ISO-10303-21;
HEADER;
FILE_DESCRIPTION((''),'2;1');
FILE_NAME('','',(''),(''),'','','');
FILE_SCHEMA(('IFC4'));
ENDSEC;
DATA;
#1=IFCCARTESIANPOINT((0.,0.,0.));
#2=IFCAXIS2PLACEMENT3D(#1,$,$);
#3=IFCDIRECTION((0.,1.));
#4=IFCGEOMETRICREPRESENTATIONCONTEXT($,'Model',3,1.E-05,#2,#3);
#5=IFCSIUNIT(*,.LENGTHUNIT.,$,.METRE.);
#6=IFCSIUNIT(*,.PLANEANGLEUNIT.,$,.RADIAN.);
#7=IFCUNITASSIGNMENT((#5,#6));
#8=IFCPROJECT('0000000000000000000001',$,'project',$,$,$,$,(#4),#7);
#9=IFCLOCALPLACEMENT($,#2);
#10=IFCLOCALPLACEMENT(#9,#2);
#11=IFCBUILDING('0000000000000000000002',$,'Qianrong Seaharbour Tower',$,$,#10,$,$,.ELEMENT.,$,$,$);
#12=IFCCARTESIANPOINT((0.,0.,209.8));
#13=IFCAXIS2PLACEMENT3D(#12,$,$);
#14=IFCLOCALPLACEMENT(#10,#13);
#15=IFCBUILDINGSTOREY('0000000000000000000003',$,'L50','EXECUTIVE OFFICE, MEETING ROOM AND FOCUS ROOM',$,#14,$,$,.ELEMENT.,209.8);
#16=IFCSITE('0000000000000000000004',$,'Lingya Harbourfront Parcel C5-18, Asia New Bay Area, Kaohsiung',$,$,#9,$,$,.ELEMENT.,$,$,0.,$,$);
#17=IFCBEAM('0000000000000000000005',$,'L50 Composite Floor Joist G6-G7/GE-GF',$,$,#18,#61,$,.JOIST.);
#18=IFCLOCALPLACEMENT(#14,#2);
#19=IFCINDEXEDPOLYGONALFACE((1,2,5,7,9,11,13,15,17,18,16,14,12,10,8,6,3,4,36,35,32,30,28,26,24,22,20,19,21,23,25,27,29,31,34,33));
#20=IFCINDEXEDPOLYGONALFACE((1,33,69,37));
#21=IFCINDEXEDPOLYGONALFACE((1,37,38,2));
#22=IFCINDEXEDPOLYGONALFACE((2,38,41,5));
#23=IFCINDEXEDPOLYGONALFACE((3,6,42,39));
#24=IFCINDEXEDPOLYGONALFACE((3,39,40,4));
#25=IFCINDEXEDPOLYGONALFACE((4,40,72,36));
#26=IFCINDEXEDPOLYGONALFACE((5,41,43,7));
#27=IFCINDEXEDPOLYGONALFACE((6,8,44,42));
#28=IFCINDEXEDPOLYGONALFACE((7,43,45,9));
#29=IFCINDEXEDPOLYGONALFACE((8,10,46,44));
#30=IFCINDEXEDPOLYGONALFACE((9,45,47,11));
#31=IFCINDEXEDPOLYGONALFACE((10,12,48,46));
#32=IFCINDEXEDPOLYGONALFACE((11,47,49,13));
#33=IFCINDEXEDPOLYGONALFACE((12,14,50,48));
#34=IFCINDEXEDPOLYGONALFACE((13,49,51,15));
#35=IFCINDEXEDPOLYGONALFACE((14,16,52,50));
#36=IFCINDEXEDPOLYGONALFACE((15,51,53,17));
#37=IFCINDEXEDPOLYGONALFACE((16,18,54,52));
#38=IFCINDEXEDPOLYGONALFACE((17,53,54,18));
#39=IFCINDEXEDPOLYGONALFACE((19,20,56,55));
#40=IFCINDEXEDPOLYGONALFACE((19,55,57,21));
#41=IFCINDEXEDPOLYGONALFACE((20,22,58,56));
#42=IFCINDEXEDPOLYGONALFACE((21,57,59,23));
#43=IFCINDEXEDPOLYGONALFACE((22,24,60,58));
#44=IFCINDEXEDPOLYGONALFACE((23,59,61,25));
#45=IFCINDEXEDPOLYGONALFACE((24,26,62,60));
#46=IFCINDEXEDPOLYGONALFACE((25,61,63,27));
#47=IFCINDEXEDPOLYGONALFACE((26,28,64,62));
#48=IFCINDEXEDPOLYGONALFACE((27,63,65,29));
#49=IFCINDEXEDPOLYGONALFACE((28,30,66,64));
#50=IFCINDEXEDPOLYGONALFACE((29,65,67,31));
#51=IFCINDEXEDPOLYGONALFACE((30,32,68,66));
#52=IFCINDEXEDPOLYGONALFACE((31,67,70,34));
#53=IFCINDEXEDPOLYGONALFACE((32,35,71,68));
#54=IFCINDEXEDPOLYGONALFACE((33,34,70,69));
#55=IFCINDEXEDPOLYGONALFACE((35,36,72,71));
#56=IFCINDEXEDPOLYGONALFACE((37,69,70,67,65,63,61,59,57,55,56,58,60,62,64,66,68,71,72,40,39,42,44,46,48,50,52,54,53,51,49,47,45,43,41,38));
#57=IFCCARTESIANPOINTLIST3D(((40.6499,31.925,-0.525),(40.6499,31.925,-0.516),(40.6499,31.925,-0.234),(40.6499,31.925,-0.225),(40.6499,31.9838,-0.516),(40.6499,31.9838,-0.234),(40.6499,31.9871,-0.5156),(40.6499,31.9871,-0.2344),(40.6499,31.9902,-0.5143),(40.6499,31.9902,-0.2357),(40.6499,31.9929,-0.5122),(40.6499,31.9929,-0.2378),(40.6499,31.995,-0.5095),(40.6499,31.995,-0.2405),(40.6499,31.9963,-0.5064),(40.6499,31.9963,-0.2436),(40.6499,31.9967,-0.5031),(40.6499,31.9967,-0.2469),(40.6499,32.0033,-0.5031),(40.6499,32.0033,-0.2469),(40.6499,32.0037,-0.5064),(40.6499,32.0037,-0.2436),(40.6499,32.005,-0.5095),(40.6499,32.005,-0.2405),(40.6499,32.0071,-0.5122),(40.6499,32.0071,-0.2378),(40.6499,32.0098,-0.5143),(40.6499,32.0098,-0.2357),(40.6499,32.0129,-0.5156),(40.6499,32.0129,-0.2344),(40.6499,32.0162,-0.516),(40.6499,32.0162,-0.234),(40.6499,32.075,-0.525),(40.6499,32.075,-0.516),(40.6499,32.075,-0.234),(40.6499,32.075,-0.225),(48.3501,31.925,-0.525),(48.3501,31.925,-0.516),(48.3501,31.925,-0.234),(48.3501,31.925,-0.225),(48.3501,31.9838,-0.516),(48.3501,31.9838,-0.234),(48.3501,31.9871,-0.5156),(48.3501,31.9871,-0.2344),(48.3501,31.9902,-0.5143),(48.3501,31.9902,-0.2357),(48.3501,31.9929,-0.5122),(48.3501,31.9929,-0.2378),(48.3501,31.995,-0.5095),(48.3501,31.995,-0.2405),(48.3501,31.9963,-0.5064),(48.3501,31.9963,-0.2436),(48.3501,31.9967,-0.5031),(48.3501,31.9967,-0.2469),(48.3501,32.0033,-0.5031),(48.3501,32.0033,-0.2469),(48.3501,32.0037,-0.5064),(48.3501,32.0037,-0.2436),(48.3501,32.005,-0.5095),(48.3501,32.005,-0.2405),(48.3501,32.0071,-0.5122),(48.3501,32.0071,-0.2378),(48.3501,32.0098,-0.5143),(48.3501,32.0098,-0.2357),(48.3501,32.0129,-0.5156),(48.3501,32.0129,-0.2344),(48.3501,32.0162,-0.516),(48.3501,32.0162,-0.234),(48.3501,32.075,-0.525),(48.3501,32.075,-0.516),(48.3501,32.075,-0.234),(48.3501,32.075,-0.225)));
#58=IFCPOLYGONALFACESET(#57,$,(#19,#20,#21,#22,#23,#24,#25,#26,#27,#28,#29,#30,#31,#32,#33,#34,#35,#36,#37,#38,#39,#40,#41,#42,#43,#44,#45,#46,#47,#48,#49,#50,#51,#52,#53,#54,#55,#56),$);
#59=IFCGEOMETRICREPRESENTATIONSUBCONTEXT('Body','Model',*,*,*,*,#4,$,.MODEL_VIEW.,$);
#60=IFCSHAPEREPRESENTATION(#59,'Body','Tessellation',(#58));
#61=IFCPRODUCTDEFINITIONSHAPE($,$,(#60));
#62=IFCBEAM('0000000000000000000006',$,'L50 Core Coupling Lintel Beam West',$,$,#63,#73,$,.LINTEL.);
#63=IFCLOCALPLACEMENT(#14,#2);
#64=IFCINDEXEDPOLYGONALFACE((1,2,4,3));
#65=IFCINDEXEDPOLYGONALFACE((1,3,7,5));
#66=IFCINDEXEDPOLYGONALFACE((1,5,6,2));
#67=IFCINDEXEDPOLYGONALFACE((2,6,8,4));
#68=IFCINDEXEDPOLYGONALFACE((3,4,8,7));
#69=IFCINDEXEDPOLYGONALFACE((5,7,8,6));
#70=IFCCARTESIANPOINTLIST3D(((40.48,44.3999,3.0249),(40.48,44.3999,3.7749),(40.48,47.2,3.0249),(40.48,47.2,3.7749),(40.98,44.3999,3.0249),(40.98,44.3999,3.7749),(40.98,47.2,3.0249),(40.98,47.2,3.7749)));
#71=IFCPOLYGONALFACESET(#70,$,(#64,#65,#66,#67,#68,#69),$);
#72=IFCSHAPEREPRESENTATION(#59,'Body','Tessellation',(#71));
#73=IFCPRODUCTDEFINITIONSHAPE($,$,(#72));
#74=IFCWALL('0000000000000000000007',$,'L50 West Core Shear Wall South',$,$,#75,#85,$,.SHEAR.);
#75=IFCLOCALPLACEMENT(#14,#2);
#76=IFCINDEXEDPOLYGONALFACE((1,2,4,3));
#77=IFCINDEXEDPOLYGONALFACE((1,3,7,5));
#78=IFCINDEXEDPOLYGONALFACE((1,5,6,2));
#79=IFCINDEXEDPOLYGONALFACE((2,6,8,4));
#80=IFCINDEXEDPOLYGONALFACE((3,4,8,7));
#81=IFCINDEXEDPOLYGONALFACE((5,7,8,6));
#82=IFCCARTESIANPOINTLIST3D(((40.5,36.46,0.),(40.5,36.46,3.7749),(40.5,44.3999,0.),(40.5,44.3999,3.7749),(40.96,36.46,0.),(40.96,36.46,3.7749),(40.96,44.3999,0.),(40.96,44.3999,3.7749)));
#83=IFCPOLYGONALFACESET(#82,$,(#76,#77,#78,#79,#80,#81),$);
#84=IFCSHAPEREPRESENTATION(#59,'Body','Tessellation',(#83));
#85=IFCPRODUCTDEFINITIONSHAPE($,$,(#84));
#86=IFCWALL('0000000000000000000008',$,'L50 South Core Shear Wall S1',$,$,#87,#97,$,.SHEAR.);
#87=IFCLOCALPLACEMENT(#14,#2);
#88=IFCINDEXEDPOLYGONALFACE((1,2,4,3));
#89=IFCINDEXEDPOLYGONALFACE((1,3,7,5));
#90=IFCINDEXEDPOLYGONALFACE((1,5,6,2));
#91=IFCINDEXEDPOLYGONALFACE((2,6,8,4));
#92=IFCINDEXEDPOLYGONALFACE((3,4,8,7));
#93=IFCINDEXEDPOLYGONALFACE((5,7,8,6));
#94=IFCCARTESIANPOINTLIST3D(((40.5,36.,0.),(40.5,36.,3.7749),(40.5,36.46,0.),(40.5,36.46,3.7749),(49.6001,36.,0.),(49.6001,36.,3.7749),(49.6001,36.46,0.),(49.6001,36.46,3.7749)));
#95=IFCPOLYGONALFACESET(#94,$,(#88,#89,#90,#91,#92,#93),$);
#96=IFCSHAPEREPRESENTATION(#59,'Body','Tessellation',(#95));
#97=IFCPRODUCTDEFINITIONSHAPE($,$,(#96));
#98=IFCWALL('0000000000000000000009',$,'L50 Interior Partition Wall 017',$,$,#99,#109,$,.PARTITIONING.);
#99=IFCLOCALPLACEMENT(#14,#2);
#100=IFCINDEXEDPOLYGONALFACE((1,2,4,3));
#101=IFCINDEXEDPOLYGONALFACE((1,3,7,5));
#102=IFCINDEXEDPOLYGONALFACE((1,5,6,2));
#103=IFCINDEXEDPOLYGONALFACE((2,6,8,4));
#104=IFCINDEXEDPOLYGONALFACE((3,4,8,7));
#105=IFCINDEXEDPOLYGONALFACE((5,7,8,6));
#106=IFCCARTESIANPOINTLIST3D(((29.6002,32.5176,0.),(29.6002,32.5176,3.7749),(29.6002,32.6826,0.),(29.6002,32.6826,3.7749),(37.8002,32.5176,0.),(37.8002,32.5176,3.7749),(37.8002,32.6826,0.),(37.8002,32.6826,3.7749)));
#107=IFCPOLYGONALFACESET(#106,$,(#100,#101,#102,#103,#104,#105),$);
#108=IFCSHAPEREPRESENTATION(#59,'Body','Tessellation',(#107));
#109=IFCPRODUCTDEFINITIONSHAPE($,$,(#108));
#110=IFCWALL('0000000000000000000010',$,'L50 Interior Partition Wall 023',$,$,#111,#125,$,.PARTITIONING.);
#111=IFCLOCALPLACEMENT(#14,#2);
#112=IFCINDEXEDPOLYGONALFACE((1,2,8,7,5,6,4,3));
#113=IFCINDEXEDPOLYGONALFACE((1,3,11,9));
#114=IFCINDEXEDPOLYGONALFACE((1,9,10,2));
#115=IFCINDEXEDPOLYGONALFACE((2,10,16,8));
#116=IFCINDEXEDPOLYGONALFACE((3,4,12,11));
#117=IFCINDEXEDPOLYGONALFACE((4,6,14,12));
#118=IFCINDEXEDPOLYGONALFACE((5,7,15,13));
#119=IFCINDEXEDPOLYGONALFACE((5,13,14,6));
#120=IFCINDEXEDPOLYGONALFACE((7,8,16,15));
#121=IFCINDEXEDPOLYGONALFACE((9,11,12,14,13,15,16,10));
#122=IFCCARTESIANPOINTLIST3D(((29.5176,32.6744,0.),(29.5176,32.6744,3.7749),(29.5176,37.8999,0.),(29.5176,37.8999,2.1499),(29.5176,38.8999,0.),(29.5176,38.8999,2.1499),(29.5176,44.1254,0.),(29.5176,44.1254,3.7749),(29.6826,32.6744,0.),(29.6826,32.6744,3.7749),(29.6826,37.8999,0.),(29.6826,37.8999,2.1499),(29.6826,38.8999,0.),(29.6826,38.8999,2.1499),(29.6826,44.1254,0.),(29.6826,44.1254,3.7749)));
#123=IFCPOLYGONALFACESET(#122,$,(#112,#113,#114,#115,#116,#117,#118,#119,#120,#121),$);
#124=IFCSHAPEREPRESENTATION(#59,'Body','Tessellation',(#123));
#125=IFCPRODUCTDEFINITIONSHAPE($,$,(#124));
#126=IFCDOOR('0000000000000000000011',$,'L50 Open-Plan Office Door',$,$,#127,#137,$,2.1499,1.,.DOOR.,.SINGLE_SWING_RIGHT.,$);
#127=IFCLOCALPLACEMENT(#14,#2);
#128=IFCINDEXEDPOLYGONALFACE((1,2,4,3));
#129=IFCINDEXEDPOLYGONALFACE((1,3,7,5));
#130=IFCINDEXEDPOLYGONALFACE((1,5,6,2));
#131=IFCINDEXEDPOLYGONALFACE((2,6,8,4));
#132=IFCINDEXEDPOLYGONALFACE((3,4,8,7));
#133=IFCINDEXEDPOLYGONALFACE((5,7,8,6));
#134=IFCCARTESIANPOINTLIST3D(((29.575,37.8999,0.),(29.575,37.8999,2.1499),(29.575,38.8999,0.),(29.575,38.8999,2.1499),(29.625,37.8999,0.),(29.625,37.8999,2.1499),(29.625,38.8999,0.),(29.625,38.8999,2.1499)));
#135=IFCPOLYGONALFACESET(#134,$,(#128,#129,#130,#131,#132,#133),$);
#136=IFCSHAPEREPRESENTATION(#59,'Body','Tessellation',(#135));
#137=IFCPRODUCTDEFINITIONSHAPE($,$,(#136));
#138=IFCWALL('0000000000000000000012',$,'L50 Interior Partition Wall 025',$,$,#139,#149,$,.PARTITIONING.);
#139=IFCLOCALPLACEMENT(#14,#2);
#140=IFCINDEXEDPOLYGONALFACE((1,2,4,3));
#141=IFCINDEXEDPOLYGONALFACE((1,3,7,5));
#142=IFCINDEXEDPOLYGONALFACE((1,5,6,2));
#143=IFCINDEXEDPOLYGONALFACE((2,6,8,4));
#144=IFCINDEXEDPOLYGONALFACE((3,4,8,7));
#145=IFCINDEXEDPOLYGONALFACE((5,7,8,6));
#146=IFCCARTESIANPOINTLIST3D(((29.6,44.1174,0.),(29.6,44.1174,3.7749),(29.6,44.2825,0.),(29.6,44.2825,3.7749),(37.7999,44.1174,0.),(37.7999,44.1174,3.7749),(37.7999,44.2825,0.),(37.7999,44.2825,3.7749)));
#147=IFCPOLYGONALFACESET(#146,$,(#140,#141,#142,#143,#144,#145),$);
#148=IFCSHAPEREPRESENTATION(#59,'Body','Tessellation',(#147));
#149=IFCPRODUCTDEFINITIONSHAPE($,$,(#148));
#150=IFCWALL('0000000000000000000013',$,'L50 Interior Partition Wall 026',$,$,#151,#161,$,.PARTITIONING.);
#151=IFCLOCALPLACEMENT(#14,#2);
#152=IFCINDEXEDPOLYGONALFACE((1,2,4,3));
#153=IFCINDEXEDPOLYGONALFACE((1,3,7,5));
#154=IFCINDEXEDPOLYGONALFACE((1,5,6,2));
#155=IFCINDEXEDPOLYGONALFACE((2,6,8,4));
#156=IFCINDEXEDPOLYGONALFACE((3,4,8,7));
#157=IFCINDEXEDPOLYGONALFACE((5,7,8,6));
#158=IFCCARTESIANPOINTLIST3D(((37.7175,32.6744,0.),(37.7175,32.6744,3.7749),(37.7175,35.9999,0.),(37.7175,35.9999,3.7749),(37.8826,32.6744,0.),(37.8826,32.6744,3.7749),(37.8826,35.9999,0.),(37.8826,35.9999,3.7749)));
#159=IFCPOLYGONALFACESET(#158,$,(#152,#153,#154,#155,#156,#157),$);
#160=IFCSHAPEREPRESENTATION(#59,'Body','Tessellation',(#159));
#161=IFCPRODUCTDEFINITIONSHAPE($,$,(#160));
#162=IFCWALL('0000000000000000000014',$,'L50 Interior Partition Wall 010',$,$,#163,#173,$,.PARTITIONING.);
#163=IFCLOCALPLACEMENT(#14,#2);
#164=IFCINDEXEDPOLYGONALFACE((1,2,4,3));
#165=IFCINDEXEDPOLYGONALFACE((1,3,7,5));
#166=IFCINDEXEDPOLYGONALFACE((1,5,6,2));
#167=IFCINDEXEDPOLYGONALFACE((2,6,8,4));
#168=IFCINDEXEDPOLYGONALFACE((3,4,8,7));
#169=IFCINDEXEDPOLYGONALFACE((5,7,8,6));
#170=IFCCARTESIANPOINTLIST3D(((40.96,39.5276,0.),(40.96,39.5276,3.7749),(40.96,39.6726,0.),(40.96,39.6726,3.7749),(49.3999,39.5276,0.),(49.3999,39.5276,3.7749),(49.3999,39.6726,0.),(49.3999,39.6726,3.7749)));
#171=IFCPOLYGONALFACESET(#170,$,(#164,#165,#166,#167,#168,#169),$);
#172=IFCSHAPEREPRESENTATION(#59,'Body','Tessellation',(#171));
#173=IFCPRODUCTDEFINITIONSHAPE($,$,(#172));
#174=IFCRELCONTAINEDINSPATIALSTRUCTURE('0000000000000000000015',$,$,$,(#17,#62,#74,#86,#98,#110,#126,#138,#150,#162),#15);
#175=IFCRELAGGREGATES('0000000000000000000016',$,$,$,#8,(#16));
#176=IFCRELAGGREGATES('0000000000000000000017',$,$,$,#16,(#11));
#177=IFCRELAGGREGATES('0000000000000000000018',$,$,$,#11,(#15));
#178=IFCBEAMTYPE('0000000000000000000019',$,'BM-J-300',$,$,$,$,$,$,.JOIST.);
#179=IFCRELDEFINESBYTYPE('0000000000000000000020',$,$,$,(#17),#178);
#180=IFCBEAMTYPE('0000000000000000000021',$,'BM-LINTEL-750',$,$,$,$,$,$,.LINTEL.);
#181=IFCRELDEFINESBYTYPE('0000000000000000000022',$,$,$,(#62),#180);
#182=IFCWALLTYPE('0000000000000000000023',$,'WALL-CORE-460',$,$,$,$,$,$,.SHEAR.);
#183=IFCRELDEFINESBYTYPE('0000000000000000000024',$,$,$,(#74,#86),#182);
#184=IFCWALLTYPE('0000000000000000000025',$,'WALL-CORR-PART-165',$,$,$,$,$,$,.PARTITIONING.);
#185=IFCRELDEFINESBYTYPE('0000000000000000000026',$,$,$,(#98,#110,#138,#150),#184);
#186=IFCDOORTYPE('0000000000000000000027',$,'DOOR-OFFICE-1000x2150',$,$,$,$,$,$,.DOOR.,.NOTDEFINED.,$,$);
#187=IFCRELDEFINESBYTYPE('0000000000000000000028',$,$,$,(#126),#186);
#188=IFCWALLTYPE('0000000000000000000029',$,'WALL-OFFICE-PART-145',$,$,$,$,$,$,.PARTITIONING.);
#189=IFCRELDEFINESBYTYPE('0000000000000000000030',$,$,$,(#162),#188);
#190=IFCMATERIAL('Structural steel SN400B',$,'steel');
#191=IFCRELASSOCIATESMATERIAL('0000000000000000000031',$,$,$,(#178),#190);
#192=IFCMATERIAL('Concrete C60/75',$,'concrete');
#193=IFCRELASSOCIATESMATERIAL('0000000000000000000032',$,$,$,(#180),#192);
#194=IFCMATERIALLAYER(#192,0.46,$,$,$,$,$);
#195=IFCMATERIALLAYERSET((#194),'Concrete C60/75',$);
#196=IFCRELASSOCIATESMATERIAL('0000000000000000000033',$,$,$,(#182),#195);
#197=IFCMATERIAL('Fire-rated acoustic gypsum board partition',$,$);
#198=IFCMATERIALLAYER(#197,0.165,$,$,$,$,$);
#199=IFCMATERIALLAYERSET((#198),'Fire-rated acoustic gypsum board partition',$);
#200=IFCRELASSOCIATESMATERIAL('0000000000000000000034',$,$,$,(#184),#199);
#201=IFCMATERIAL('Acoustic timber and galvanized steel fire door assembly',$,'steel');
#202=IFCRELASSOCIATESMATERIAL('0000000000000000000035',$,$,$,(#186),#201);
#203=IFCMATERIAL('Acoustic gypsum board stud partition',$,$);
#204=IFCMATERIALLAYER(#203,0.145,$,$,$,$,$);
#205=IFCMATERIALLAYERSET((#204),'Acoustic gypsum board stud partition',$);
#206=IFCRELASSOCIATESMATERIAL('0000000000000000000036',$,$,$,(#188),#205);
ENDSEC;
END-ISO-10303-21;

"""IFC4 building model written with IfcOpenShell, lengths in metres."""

from ifc_helpers import new_model, si_unit, direction, frame, frame_2d, origin, origin_2d, place, context, subcontext, project, spatial, rectangle, i_section, extrude, material, layer, layer_set, material_profile, profile_set, type_object, element, fill, save


model = new_model("IFC4")

# Units and contexts
model_context = context("Model", 3, precision=1e-05, world=origin(), true_north=direction((0.0, 1.0)))
body_context = subcontext(model_context, "Body", "Model", "MODEL_VIEW")
ifc_project = project(units=[si_unit("LENGTHUNIT", "METRE"), si_unit("PLANEANGLEUNIT", "RADIAN")], contexts=[model_context])

# Site, building, storey
site_placement = place(None, origin())
site = spatial("IfcSite", under=ifc_project, at=site_placement, Name="Lingya Harbourfront Parcel C5-18, Asia New Bay Area, Kaohsiung", CompositionType="ELEMENT", RefElevation=0.0)
building_placement = place(site_placement, origin())
building = spatial("IfcBuilding", under=site, at=building_placement, Name="Qianrong Seaharbour Tower", CompositionType="ELEMENT")
storey_placement = place(building_placement, frame((0.0, 0.0, 209.8)))
storey = spatial("IfcBuildingStorey", under=building, at=storey_placement, Name="L50", Description="EXECUTIVE OFFICE, MEETING ROOM AND FOCUS ROOM", CompositionType="ELEMENT", Elevation=209.8)

# Beams
ifc_material_1 = material(Name="Structural steel SN400B", Category="steel")
ifc_material_profile_1 = material_profile(ifc_material_1, i_section(OverallWidth=0.1499, OverallDepth=0.3, WebThickness=0.0066, FlangeThickness=0.009, FilletRadius=0.0129, at=origin_2d()), Name="H300x150x6.5x9")
ifc_profile_set_1 = profile_set([ifc_material_profile_1], Name="Structural steel SN400B")
beam_type_1 = type_object("IfcBeamType", Name="BM-J-300", PredefinedType="JOIST", material=ifc_profile_set_1)
for number, where, z_axis, x_axis, name in (
    (1, (40.6499, 32.0, -0.375), (1.0, 0.0, 0.0), (0.0, 1.0, 0.0), "L50 Composite Floor Joist G6-G7/GE-GF"),
):
    element("IfcBeam", number, at=place(storey_placement, frame(where, z_axis=z_axis, x_axis=x_axis)), inside=storey, type_object=beam_type_1, Name=name, PredefinedType="JOIST", context=body_context, shape_type="SweptSolid", body=[
        extrude(i_section(OverallWidth=0.1499, OverallDepth=0.3, WebThickness=0.0066, FlangeThickness=0.009, FilletRadius=0.0129, at=origin_2d()), origin(), (0.0, 0.0, 1.0), 7.7002),
    ])
ifc_material_2 = material(Name="Concrete C60/75", Category="concrete")
ifc_material_profile_2 = material_profile(ifc_material_2, rectangle(XDim=0.5, YDim=0.75, at=origin_2d()), Name="RC500x750")
ifc_profile_set_2 = profile_set([ifc_material_profile_2], Name="Concrete C60/75")
beam_type_2 = type_object("IfcBeamType", Name="BM-LINTEL-750", PredefinedType="LINTEL", material=ifc_profile_set_2)
beam_1_placement = place(storey_placement, frame((40.73, 44.3999, 3.3999), z_axis=(0.0, 1.0, 0.0), x_axis=(-1.0, 0.0, 0.0)))
element("IfcBeam", 2, at=beam_1_placement, inside=storey, type_object=beam_type_2, Name="L50 Core Coupling Lintel Beam West", PredefinedType="LINTEL", context=body_context, shape_type="SweptSolid", body=[
    extrude(rectangle(XDim=0.5, YDim=0.75, at=origin_2d()), origin(), (0.0, 0.0, 1.0), 2.8),
])

# Walls
ifc_layer_1 = layer(ifc_material_2, 0.46)
ifc_layer_set_1 = layer_set([ifc_layer_1], Name="Concrete C60/75")
wall_type_1 = type_object("IfcWallType", Name="WALL-CORE-460", PredefinedType="SHEAR", material=ifc_layer_set_1)
wall_1_placement = place(storey_placement, frame((40.73, 36.46, 0.0), z_axis=(0.0, 0.0, 1.0), x_axis=(0.0, 1.0, 0.0)))
element("IfcWall", 3, at=wall_1_placement, inside=storey, type_object=wall_type_1, Name="L50 West Core Shear Wall South", PredefinedType="SHEAR", context=body_context, shape_type="SweptSolid", body=[
    extrude(rectangle(XDim=7.9399, YDim=0.46, at=frame_2d((3.97, 0.0))), origin(), (0.0, 0.0, 1.0), 3.7749),
])
wall_2_placement = place(storey_placement, frame((40.5, 36.23, 0.0), z_axis=(0.0, 0.0, 1.0), x_axis=(1.0, 0.0, 0.0)))
element("IfcWall", 4, at=wall_2_placement, inside=storey, type_object=wall_type_1, Name="L50 South Core Shear Wall S1", PredefinedType="SHEAR", context=body_context, shape_type="SweptSolid", body=[
    extrude(rectangle(XDim=9.1001, YDim=0.46, at=frame_2d((4.55, 0.0))), origin(), (0.0, 0.0, 1.0), 3.7749),
])

# Shared definitions
ifc_material_3 = material(Name="Fire-rated acoustic gypsum board partition")
ifc_layer_2 = layer(ifc_material_3, 0.165)
ifc_layer_set_2 = layer_set([ifc_layer_2], Name="Fire-rated acoustic gypsum board partition")
wall_type_2 = type_object("IfcWallType", Name="WALL-CORR-PART-165", PredefinedType="PARTITIONING", material=ifc_layer_set_2)
ifc_material_4 = material(Name="Acoustic timber and galvanized steel fire door assembly", Category="steel")

# Wall
wall_3_placement = place(storey_placement, frame((29.6001, 32.6001, 0.0), z_axis=(0.0, 0.0, 1.0), x_axis=(1.0, 0.0, 0.0)))
element("IfcWall", 5, at=wall_3_placement, inside=storey, type_object=wall_type_2, Name="L50 Interior Partition Wall 017", PredefinedType="PARTITIONING", context=body_context, shape_type="SweptSolid", body=[
    extrude(rectangle(XDim=8.2, YDim=0.165, at=frame_2d((4.1001, 0.0))), origin(), (0.0, 0.0, 1.0), 3.7749),
])

# Wall, opening, door
wall_4_placement = place(storey_placement, frame((29.6001, 44.1255, 0.0), z_axis=(0.0, 0.0, 1.0), x_axis=(0.0, -1.0, 0.0)))
wall_4 = element("IfcWall", 6, at=wall_4_placement, inside=storey, type_object=wall_type_2, Name="L50 Interior Partition Wall 023", PredefinedType="PARTITIONING", context=body_context, shape_type="SweptSolid", body=[
    extrude(rectangle(XDim=11.4509, YDim=0.165, at=frame_2d((5.7256, 0.0))), origin(), (0.0, 0.0, 1.0), 3.7749),
])
opening_1_placement = place(wall_4_placement, frame((5.2256, 0.0, 0.0)))
opening_1 = element("IfcOpeningElement", 7, at=opening_1_placement, cuts=wall_4, PredefinedType="OPENING", context=body_context, shape_type="SweptSolid", body=[
    extrude(rectangle(XDim=1.0, YDim=2.1499, at=frame_2d((0.5, 1.075))), frame((0.0, 0.0925, 0.0), z_axis=(0.0, -1.0, 0.0), x_axis=(1.0, 0.0, 0.0)), (0.0, 0.0, 1.0), 0.1851),
])
door_type_1 = type_object("IfcDoorType", Name="DOOR-OFFICE-1000x2150", OperationType="NOTDEFINED", PredefinedType="DOOR", material=ifc_material_4)
door_1_placement = place(opening_1_placement, origin())
door_1 = element("IfcDoor", 8, at=door_1_placement, inside=storey, type_object=door_type_1, Name="L50 Open-Plan Office Door", OperationType="SINGLE_SWING_RIGHT", OverallHeight=2.1499, OverallWidth=1.0, PredefinedType="DOOR", context=body_context, shape_type="SweptSolid", body=[
    extrude(rectangle(XDim=1.0, YDim=2.1499, at=frame_2d((0.5, 1.075))), frame((0.0, 0.0249, 0.0), z_axis=(0.0, -1.0, 0.0), x_axis=(1.0, 0.0, 0.0)), (0.0, 0.0, 1.0), 0.05),
])
fill(opening_1, door_1)

# Walls
wall_5_placement = place(storey_placement, frame((37.8, 44.2, 0.0), z_axis=(0.0, 0.0, 1.0), x_axis=(-1.0, 0.0, 0.0)))
element("IfcWall", 9, at=wall_5_placement, inside=storey, type_object=wall_type_2, Name="L50 Interior Partition Wall 025", PredefinedType="PARTITIONING", context=body_context, shape_type="SweptSolid", body=[
    extrude(rectangle(XDim=8.2, YDim=0.165, at=frame_2d((4.1001, 0.0))), origin(), (0.0, 0.0, 1.0), 3.7749),
])
wall_6_placement = place(storey_placement, frame((37.8, 32.6746, 0.0), z_axis=(0.0, 0.0, 1.0), x_axis=(0.0, 1.0, 0.0)))
element("IfcWall", 10, at=wall_6_placement, inside=storey, type_object=wall_type_2, Name="L50 Interior Partition Wall 026", PredefinedType="PARTITIONING", context=body_context, shape_type="SweptSolid", body=[
    extrude(rectangle(XDim=3.3254, YDim=0.165, at=frame_2d((1.6626, 0.0))), origin(), (0.0, 0.0, 1.0), 3.7749),
])
ifc_material_5 = material(Name="Acoustic gypsum board stud partition")
ifc_layer_3 = layer(ifc_material_5, 0.145)
ifc_layer_set_3 = layer_set([ifc_layer_3], Name="Acoustic gypsum board stud partition")
wall_type_3 = type_object("IfcWallType", Name="WALL-OFFICE-PART-145", PredefinedType="PARTITIONING", material=ifc_layer_set_3)
wall_7_placement = place(storey_placement, frame((40.96, 39.6001, 0.0), z_axis=(0.0, 0.0, 1.0), x_axis=(1.0, 0.0, 0.0)))
element("IfcWall", 11, at=wall_7_placement, inside=storey, type_object=wall_type_3, Name="L50 Interior Partition Wall 010", PredefinedType="PARTITIONING", context=body_context, shape_type="SweptSolid", body=[
    extrude(rectangle(XDim=8.4399, YDim=0.145, at=frame_2d((4.22, 0.0))), origin(), (0.0, 0.0, 1.0), 3.7749),
])

save(model, "model.ifc")
